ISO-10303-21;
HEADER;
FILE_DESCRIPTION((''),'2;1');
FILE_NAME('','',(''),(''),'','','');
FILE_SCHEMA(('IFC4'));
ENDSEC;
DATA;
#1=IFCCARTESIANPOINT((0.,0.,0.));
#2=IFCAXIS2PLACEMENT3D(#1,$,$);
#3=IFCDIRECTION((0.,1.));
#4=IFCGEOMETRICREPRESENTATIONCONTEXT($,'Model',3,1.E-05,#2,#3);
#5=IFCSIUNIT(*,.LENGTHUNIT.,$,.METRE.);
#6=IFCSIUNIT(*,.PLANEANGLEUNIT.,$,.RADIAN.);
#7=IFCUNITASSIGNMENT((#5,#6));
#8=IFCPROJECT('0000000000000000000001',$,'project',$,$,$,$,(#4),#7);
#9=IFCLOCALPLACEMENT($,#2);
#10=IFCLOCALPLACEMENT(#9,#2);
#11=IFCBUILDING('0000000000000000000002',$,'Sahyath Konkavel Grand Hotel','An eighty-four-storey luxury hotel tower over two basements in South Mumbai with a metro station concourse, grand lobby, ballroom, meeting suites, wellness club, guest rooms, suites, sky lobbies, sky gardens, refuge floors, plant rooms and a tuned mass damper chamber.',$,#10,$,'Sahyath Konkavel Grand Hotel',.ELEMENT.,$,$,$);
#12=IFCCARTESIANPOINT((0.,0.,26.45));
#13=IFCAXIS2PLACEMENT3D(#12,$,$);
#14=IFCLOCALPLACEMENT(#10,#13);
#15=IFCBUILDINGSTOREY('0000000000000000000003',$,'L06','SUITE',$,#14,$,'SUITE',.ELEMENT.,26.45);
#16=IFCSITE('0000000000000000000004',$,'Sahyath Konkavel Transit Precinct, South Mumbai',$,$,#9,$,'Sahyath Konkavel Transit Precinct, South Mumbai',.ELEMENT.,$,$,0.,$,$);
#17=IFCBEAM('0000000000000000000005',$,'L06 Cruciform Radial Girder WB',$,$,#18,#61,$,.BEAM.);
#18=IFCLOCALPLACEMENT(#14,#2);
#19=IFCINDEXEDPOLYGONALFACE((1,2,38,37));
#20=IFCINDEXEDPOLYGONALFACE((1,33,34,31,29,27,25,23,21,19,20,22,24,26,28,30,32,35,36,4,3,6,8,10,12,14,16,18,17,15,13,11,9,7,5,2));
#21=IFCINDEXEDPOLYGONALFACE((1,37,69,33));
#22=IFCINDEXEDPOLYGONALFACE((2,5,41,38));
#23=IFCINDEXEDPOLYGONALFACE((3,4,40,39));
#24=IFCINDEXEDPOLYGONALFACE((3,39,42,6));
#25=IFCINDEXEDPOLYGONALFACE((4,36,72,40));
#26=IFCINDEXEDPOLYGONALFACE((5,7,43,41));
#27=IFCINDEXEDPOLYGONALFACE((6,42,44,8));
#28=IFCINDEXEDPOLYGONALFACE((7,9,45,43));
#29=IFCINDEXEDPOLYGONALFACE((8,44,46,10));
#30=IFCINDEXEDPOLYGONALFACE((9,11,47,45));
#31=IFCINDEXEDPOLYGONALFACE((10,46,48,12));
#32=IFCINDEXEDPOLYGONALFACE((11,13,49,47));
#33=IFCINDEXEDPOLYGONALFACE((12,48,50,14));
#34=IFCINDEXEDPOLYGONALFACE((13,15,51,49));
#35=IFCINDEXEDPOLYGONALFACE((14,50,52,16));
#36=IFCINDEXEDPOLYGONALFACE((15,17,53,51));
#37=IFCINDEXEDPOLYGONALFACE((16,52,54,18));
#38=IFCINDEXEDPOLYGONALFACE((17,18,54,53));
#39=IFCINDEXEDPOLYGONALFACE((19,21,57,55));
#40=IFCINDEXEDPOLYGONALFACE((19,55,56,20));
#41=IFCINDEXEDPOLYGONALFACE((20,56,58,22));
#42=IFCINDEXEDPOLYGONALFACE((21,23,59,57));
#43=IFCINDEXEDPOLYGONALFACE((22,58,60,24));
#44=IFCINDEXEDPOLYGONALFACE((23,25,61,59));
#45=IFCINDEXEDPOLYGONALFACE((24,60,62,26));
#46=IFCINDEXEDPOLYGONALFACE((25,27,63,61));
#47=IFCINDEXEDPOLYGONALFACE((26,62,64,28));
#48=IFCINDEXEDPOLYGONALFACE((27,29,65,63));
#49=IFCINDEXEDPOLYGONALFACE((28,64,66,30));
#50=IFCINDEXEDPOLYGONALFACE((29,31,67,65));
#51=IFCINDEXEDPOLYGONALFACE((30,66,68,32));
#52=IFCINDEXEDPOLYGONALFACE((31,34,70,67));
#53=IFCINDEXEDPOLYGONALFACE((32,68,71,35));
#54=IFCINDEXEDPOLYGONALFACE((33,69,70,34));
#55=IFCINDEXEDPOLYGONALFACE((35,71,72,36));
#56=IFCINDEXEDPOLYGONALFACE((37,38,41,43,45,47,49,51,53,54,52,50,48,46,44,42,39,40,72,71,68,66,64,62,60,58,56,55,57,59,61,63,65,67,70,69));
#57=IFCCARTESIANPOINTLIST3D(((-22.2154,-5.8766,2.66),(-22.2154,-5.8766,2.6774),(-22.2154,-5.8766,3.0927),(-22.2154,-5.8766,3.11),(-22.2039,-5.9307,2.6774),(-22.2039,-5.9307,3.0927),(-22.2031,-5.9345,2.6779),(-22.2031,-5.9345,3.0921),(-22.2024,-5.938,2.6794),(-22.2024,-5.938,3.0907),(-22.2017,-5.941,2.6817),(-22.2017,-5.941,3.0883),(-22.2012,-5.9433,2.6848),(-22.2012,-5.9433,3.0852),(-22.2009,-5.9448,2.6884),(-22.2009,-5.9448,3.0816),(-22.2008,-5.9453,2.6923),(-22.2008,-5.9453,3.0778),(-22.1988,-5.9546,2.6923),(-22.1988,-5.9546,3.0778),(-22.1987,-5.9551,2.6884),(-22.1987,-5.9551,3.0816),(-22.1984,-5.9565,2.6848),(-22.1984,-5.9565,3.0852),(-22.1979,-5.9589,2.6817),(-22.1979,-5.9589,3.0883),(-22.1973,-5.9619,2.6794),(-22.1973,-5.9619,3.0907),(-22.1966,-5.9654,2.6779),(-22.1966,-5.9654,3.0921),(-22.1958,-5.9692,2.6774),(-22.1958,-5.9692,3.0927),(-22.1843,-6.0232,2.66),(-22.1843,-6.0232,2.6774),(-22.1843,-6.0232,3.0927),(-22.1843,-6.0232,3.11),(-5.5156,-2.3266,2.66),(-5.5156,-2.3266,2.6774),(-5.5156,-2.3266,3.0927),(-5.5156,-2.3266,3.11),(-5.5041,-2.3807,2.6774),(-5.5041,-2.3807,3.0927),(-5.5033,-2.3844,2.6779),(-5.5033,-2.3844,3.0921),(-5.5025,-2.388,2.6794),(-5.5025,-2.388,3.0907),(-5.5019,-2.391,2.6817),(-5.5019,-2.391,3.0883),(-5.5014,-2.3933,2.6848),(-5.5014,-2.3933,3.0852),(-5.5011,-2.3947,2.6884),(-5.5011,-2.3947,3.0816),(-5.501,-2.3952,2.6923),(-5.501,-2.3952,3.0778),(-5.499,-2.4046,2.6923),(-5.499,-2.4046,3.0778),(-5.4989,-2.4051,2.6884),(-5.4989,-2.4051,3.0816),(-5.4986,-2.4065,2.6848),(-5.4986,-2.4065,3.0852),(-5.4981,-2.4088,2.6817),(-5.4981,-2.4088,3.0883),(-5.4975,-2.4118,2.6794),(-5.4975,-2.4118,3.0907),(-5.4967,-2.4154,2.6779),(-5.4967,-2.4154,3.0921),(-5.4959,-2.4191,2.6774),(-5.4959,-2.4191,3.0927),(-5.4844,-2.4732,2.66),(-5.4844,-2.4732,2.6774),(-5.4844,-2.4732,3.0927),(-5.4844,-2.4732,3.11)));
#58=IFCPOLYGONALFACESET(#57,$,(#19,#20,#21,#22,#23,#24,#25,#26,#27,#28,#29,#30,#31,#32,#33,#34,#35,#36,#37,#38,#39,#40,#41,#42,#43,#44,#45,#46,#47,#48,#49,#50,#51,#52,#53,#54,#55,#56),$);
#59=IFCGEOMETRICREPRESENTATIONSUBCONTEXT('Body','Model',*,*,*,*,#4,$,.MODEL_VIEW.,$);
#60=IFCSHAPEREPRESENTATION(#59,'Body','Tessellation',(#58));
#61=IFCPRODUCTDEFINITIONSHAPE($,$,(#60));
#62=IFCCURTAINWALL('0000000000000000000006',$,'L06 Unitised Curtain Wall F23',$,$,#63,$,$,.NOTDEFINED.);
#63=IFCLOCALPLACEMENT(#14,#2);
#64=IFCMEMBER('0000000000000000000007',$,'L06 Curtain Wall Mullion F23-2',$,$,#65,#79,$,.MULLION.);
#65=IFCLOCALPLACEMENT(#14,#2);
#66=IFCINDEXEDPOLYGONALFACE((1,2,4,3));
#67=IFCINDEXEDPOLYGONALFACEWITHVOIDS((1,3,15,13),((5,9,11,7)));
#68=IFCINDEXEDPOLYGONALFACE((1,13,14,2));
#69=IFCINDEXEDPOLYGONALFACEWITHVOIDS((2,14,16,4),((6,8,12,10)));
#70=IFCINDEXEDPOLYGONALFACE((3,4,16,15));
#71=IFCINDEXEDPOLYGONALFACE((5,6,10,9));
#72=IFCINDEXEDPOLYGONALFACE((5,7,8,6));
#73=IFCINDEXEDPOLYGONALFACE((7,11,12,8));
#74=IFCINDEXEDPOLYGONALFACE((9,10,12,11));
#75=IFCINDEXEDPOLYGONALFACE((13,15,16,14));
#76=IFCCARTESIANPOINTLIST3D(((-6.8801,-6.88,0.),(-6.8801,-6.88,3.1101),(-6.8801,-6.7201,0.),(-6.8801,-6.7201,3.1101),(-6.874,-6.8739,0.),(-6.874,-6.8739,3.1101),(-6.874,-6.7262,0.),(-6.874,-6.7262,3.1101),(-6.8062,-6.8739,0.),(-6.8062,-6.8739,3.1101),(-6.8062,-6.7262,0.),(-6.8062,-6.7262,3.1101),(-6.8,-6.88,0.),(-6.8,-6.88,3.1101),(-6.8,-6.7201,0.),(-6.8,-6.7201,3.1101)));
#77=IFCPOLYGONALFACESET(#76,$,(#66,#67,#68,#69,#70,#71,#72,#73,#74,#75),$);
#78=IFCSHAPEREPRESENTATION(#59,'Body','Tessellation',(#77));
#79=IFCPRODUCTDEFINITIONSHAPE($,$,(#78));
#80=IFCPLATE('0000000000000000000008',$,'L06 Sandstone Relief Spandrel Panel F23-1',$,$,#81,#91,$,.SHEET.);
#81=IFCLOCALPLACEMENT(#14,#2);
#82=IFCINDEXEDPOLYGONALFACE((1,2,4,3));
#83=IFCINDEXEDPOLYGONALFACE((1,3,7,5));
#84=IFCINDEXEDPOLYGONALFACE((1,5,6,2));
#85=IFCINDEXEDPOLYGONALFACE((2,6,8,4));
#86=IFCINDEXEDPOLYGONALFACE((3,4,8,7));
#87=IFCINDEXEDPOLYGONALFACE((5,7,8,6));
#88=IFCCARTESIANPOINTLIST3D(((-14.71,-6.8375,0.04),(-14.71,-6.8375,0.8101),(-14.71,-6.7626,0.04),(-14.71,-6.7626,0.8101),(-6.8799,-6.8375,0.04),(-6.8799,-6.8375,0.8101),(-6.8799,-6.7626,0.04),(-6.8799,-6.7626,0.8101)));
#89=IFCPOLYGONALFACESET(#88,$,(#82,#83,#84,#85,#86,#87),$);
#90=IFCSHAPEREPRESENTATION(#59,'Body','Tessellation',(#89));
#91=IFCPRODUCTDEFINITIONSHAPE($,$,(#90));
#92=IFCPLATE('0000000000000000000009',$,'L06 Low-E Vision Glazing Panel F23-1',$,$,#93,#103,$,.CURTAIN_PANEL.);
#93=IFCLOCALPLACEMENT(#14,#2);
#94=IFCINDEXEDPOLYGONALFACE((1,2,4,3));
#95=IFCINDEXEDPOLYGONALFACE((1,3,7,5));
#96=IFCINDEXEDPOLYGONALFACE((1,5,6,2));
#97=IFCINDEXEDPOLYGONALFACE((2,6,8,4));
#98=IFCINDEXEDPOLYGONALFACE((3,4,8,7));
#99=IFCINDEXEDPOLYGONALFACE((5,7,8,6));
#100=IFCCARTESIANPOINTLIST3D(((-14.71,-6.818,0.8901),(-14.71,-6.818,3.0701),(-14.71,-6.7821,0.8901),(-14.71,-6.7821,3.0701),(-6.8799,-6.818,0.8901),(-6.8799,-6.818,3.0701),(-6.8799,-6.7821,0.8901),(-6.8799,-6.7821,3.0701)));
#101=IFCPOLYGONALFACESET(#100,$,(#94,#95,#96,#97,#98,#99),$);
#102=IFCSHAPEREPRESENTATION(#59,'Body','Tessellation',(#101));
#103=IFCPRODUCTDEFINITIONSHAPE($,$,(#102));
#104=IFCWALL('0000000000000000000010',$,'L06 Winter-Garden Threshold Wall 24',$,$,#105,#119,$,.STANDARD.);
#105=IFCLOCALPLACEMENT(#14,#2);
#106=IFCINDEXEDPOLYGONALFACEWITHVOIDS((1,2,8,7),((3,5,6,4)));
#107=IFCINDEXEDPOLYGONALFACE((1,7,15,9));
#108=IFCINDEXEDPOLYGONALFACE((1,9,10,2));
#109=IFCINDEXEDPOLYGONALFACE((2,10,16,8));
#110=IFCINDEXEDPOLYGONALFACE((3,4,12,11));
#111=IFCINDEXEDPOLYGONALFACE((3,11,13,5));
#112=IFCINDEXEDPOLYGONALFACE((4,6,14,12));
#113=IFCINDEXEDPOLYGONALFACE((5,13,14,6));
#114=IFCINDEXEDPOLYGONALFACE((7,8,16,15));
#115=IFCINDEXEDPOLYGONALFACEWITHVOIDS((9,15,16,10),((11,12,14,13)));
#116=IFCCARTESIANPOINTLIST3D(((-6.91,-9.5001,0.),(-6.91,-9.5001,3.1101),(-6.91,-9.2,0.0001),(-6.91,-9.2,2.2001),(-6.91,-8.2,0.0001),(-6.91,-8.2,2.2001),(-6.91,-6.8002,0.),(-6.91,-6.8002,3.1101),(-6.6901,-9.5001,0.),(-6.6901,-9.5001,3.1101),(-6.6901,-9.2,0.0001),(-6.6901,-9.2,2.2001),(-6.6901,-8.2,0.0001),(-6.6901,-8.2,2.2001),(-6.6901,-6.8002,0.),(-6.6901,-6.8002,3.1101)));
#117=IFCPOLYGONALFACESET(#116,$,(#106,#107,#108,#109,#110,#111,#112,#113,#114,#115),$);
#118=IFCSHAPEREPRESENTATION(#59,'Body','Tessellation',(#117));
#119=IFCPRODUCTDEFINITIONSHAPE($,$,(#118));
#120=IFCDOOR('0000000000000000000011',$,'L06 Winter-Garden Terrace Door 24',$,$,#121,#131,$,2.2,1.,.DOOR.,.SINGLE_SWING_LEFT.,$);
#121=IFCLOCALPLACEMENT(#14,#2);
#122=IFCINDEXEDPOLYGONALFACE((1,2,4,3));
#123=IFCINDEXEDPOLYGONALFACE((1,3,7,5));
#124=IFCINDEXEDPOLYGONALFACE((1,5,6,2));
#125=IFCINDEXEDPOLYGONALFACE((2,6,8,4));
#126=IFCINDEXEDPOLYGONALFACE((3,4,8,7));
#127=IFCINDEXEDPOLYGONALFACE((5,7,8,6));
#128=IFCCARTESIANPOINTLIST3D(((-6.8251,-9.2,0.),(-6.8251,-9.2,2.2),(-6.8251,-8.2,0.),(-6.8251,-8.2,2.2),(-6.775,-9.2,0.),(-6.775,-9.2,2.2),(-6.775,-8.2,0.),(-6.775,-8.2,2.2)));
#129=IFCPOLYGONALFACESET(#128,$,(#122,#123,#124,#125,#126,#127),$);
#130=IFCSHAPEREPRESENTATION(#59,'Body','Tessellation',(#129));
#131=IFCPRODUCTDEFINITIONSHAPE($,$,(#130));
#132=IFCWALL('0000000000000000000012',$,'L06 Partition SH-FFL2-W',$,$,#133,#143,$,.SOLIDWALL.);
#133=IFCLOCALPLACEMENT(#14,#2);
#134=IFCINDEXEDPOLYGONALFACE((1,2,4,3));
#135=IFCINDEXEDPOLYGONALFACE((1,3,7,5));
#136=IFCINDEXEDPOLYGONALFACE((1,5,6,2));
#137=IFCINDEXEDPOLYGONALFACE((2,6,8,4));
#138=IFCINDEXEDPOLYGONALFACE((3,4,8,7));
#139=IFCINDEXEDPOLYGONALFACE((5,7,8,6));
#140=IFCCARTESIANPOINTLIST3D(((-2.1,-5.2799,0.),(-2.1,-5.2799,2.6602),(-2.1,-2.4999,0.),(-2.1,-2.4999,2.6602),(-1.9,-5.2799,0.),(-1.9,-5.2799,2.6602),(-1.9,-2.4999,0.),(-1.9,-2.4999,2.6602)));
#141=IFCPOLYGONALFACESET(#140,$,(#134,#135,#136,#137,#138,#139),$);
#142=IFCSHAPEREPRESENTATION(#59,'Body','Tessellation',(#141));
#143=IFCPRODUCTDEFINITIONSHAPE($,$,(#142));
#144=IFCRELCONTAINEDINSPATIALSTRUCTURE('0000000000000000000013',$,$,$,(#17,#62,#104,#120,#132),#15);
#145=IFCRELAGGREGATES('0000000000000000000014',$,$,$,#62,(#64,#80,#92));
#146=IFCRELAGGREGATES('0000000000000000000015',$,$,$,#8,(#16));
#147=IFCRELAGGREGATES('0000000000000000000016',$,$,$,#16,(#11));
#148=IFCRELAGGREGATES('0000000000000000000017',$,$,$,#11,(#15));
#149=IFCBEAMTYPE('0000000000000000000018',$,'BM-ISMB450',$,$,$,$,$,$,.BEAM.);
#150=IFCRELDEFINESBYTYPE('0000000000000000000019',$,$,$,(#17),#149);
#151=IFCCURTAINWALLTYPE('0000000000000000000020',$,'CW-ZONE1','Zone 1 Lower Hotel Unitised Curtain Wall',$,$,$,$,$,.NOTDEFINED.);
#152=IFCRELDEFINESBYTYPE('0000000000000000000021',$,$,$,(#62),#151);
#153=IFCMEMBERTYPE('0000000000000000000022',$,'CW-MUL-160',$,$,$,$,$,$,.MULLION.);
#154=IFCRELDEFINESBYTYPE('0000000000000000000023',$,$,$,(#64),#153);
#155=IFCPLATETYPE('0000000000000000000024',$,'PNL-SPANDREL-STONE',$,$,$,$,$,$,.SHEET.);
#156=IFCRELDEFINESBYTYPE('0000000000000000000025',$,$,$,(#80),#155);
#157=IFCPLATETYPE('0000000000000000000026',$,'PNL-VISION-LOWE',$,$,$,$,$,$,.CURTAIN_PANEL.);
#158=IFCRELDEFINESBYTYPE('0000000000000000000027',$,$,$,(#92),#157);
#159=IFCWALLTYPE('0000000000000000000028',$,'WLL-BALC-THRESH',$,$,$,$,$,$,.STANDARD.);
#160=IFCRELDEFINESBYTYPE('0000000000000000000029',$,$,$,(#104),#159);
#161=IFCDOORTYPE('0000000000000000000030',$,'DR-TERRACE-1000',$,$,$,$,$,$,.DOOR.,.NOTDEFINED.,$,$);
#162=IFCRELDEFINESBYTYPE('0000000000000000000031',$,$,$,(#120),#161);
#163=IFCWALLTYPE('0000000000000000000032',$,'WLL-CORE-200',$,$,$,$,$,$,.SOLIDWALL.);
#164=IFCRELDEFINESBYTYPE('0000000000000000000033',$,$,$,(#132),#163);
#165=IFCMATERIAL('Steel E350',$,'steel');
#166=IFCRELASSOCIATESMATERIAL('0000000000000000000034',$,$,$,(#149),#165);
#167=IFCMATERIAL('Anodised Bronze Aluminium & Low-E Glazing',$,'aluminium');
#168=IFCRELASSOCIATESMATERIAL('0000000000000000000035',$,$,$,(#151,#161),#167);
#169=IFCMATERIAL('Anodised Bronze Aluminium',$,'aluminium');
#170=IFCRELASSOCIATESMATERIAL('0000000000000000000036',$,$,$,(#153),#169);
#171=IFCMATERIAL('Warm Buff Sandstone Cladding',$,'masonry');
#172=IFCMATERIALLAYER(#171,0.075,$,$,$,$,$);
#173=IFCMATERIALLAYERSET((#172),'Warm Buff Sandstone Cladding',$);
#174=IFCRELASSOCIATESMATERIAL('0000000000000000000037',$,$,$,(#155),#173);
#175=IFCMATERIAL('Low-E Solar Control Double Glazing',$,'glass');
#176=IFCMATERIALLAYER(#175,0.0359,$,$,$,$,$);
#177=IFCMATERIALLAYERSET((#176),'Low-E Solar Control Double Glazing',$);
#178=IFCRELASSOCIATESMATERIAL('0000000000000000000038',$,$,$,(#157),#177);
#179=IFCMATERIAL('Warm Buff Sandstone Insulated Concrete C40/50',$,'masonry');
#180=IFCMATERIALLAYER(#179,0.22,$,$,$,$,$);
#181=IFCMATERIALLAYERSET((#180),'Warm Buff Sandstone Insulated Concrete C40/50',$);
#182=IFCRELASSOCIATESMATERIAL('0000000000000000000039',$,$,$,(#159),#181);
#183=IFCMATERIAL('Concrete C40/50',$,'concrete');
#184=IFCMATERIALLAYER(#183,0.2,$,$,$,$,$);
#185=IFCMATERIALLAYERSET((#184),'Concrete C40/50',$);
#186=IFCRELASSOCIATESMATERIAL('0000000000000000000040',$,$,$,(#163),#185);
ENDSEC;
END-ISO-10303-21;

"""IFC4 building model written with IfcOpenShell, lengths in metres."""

from ifc_helpers import new_model, si_unit, direction, frame, frame_2d, origin, origin_2d, place, context, subcontext, project, spatial, rectangle, hollow_rectangle, i_section, extrude, source, transform, mapped, material, layer, layer_set, material_profile, profile_set, type_object, element, fill, aggregate, save


model = new_model("IFC4")

# Units and contexts
model_context = context("Model", 3, precision=1e-05, world=origin(), true_north=direction((0.0, 1.0)))
body_context = subcontext(model_context, "Body", "Model", "MODEL_VIEW")
ifc_project = project(units=[si_unit("LENGTHUNIT", "METRE"), si_unit("PLANEANGLEUNIT", "RADIAN")], contexts=[model_context])

# Site, building, storey
site_placement = place(None, origin())
site = spatial("IfcSite", under=ifc_project, at=site_placement, Name="Sahyath Konkavel Transit Precinct, South Mumbai", LongName="Sahyath Konkavel Transit Precinct, South Mumbai", CompositionType="ELEMENT", RefElevation=0.0)
building_placement = place(site_placement, origin())
building = spatial("IfcBuilding", under=site, at=building_placement, Name="Sahyath Konkavel Grand Hotel", Description="An eighty-four-storey luxury hotel tower over two basements in South Mumbai with a metro station concourse, grand lobby, ballroom, meeting suites, wellness club, guest rooms, suites, sky lobbies, sky gardens, refuge floors, plant rooms and a tuned mass damper chamber.", LongName="Sahyath Konkavel Grand Hotel", CompositionType="ELEMENT")
storey_placement = place(building_placement, frame((0.0, 0.0, 26.45)))
storey = spatial("IfcBuildingStorey", under=building, at=storey_placement, Name="L06", Description="SUITE", LongName="SUITE", CompositionType="ELEMENT", Elevation=26.45)

# Beam
ifc_material_1 = material(Name="Steel E350", Category="steel")
ifc_material_profile_1 = material_profile(ifc_material_1, i_section(OverallWidth=0.1499, OverallDepth=0.45, WebThickness=0.0095, FlangeThickness=0.0173, FilletRadius=0.0149, at=origin_2d()), Name="ISMB 450")
ifc_profile_set_1 = profile_set([ifc_material_profile_1], Name="Steel E350")
beam_type_1 = type_object("IfcBeamType", Name="BM-ISMB450", PredefinedType="BEAM", material=ifc_profile_set_1)
shared_shape_1 = source(origin(), body_context, "Body", "SweptSolid", [
    extrude(i_section(OverallWidth=0.1499, OverallDepth=0.45, WebThickness=0.0095, FlangeThickness=0.0173, FilletRadius=0.0149, at=origin_2d()), origin(), (0.0, 0.0, 1.0), 17.073),
])
beam_1_placement = place(storey_placement, frame((-5.5, -2.3999, 2.885), z_axis=(-0.978143, -0.207932, 0.0), x_axis=(0.207932, -0.978143, 0.0)))
element("IfcBeam", 1, at=beam_1_placement, inside=storey, type_object=beam_type_1, Name="L06 Cruciform Radial Girder WB", PredefinedType="BEAM", context=body_context, shape_type="MappedRepresentation", body=[
    mapped(shared_shape_1, transform((0.0, 0.0, 0.0), scale=1.0)),
])

# Curtain wall, member, plates
ifc_material_2 = material(Name="Anodised Bronze Aluminium & Low-E Glazing", Category="aluminium")
curtain_wall_type = type_object("IfcCurtainWallType", Name="CW-ZONE1", Description="Zone 1 Lower Hotel Unitised Curtain Wall", PredefinedType="NOTDEFINED", material=ifc_material_2)
curtain_wall_placement = place(storey_placement, origin())
curtain_wall = element("IfcCurtainWall", 2, at=curtain_wall_placement, inside=storey, type_object=curtain_wall_type, Name="L06 Unitised Curtain Wall F23", PredefinedType="NOTDEFINED")
ifc_material_3 = material(Name="Anodised Bronze Aluminium", Category="aluminium")
ifc_material_profile_2 = material_profile(ifc_material_3, hollow_rectangle(XDim=0.0801, YDim=0.1599, WallThickness=0.0061, at=origin_2d()), Name="RHS 160x80x6")
ifc_profile_set_2 = profile_set([ifc_material_profile_2], Name="Anodised Bronze Aluminium")
member_type = type_object("IfcMemberType", Name="CW-MUL-160", PredefinedType="MULLION", material=ifc_profile_set_2)
shared_shape_2 = source(origin(), body_context, "Body", "SweptSolid", [
    extrude(hollow_rectangle(XDim=0.0801, YDim=0.1599, WallThickness=0.0061, at=origin_2d()), origin(), (0.0, 0.0, 1.0), 3.1101),
])
member_placement = place(storey_placement, frame((-6.8401, -6.8, 0.0), z_axis=(0.0, 0.0, 1.0), x_axis=(1.0, 0.0, 0.0)))
member = element("IfcMember", 3, at=member_placement, type_object=member_type, Name="L06 Curtain Wall Mullion F23-2", PredefinedType="MULLION", context=body_context, shape_type="MappedRepresentation", body=[
    mapped(shared_shape_2, transform((0.0, 0.0, 0.0), scale=1.0)),
])
ifc_material_4 = material(Name="Warm Buff Sandstone Cladding", Category="masonry")
ifc_layer_1 = layer(ifc_material_4, 0.075)
ifc_layer_set_1 = layer_set([ifc_layer_1], Name="Warm Buff Sandstone Cladding")
plate_type_1 = type_object("IfcPlateType", Name="PNL-SPANDREL-STONE", PredefinedType="SHEET", material=ifc_layer_set_1)
shared_shape_3 = source(origin(), body_context, "Body", "SweptSolid", [
    extrude(rectangle(XDim=7.8301, YDim=0.075, at=origin_2d()), origin(), (0.0, 0.0, 1.0), 0.77),
])
plate_1_placement = place(storey_placement, frame((-10.7949, -6.8, 0.04), z_axis=(0.0, 0.0, 1.0), x_axis=(1.0, 0.0, 0.0)))
plate_1 = element("IfcPlate", 4, at=plate_1_placement, type_object=plate_type_1, Name="L06 Sandstone Relief Spandrel Panel F23-1", PredefinedType="SHEET", context=body_context, shape_type="MappedRepresentation", body=[
    mapped(shared_shape_3, transform((0.0, 0.0, 0.0), scale=1.0)),
])
ifc_material_5 = material(Name="Low-E Solar Control Double Glazing", Category="glass")
ifc_layer_2 = layer(ifc_material_5, 0.0359)
ifc_layer_set_2 = layer_set([ifc_layer_2], Name="Low-E Solar Control Double Glazing")
plate_type_2 = type_object("IfcPlateType", Name="PNL-VISION-LOWE", PredefinedType="CURTAIN_PANEL", material=ifc_layer_set_2)
shared_shape_4 = source(origin(), body_context, "Body", "SweptSolid", [
    extrude(rectangle(XDim=7.8301, YDim=0.0359, at=origin_2d()), origin(), (0.0, 0.0, 1.0), 2.1799),
])
plate_2_placement = place(storey_placement, frame((-10.7949, -6.8, 0.8901), z_axis=(0.0, 0.0, 1.0), x_axis=(1.0, 0.0, 0.0)))
plate_2 = element("IfcPlate", 5, at=plate_2_placement, type_object=plate_type_2, Name="L06 Low-E Vision Glazing Panel F23-1", PredefinedType="CURTAIN_PANEL", context=body_context, shape_type="MappedRepresentation", body=[
    mapped(shared_shape_4, transform((0.0, 0.0, 0.0), scale=1.0)),
])
aggregate(curtain_wall, [member, plate_1, plate_2])

# Wall, opening, door
ifc_material_6 = material(Name="Warm Buff Sandstone Insulated Concrete C40/50", Category="masonry")
ifc_layer_3 = layer(ifc_material_6, 0.22)
ifc_layer_set_3 = layer_set([ifc_layer_3], Name="Warm Buff Sandstone Insulated Concrete C40/50")
wall_type_1 = type_object("IfcWallType", Name="WLL-BALC-THRESH", PredefinedType="STANDARD", material=ifc_layer_set_3)
wall_1_placement = place(storey_placement, frame((-6.8, -6.8, 0.0), z_axis=(0.0, 0.0, 1.0), x_axis=(0.0, -1.0, 0.0)))
wall_1 = element("IfcWall", 6, at=wall_1_placement, inside=storey, type_object=wall_type_1, Name="L06 Winter-Garden Threshold Wall 24", PredefinedType="STANDARD", context=body_context, shape_type="SweptSolid", body=[
    extrude(rectangle(XDim=2.7, YDim=0.22, at=frame_2d((1.3501, 0.0))), origin(), (0.0, 0.0, 1.0), 3.1101),
])
opening_1_placement = place(wall_1_placement, frame((1.3999, 0.0, 0.0)))
opening_1 = element("IfcOpeningElement", 7, at=opening_1_placement, cuts=wall_1, PredefinedType="OPENING", context=body_context, shape_type="SweptSolid", body=[
    extrude(rectangle(XDim=1.0, YDim=2.2, at=frame_2d((0.5, 1.1001))), frame((0.0, 0.1201, 0.0), z_axis=(0.0, -1.0, 0.0), x_axis=(1.0, 0.0, 0.0)), (0.0, 0.0, 1.0), 0.24),
])
door_type_1 = type_object("IfcDoorType", Name="DR-TERRACE-1000", OperationType="NOTDEFINED", PredefinedType="DOOR", material=ifc_material_2)
shared_shape_5 = source(origin(), body_context, "Body", "SweptSolid", [
    extrude(rectangle(XDim=1.0, YDim=0.05, at=origin_2d()), origin(), (0.0, 0.0, 1.0), 2.2),
])
door_1_placement = place(opening_1_placement, frame((0.5, 0.0, 0.0)))
door_1 = element("IfcDoor", 8, at=door_1_placement, inside=storey, type_object=door_type_1, Name="L06 Winter-Garden Terrace Door 24", OperationType="SINGLE_SWING_LEFT", OverallHeight=2.2, OverallWidth=1.0, PredefinedType="DOOR", context=body_context, shape_type="MappedRepresentation", body=[
    mapped(shared_shape_5, transform((0.0, 0.0, 0.0), scale=1.0)),
])
fill(opening_1, door_1)

# Wall
ifc_material_7 = material(Name="Concrete C40/50", Category="concrete")
ifc_layer_4 = layer(ifc_material_7, 0.2)
ifc_layer_set_4 = layer_set([ifc_layer_4], Name="Concrete C40/50")
wall_type_2 = type_object("IfcWallType", Name="WLL-CORE-200", PredefinedType="SOLIDWALL", material=ifc_layer_set_4)
wall_2_placement = place(storey_placement, frame((-2.0, -5.28, 0.0), z_axis=(0.0, 0.0, 1.0), x_axis=(0.0, 1.0, 0.0)))
element("IfcWall", 9, at=wall_2_placement, inside=storey, type_object=wall_type_2, Name="L06 Partition SH-FFL2-W", PredefinedType="SOLIDWALL", context=body_context, shape_type="SweptSolid", body=[
    extrude(rectangle(XDim=2.78, YDim=0.2, at=frame_2d((1.3901, 0.0))), origin(), (0.0, 0.0, 1.0), 2.6602),
])

save(model, "model.ifc")
